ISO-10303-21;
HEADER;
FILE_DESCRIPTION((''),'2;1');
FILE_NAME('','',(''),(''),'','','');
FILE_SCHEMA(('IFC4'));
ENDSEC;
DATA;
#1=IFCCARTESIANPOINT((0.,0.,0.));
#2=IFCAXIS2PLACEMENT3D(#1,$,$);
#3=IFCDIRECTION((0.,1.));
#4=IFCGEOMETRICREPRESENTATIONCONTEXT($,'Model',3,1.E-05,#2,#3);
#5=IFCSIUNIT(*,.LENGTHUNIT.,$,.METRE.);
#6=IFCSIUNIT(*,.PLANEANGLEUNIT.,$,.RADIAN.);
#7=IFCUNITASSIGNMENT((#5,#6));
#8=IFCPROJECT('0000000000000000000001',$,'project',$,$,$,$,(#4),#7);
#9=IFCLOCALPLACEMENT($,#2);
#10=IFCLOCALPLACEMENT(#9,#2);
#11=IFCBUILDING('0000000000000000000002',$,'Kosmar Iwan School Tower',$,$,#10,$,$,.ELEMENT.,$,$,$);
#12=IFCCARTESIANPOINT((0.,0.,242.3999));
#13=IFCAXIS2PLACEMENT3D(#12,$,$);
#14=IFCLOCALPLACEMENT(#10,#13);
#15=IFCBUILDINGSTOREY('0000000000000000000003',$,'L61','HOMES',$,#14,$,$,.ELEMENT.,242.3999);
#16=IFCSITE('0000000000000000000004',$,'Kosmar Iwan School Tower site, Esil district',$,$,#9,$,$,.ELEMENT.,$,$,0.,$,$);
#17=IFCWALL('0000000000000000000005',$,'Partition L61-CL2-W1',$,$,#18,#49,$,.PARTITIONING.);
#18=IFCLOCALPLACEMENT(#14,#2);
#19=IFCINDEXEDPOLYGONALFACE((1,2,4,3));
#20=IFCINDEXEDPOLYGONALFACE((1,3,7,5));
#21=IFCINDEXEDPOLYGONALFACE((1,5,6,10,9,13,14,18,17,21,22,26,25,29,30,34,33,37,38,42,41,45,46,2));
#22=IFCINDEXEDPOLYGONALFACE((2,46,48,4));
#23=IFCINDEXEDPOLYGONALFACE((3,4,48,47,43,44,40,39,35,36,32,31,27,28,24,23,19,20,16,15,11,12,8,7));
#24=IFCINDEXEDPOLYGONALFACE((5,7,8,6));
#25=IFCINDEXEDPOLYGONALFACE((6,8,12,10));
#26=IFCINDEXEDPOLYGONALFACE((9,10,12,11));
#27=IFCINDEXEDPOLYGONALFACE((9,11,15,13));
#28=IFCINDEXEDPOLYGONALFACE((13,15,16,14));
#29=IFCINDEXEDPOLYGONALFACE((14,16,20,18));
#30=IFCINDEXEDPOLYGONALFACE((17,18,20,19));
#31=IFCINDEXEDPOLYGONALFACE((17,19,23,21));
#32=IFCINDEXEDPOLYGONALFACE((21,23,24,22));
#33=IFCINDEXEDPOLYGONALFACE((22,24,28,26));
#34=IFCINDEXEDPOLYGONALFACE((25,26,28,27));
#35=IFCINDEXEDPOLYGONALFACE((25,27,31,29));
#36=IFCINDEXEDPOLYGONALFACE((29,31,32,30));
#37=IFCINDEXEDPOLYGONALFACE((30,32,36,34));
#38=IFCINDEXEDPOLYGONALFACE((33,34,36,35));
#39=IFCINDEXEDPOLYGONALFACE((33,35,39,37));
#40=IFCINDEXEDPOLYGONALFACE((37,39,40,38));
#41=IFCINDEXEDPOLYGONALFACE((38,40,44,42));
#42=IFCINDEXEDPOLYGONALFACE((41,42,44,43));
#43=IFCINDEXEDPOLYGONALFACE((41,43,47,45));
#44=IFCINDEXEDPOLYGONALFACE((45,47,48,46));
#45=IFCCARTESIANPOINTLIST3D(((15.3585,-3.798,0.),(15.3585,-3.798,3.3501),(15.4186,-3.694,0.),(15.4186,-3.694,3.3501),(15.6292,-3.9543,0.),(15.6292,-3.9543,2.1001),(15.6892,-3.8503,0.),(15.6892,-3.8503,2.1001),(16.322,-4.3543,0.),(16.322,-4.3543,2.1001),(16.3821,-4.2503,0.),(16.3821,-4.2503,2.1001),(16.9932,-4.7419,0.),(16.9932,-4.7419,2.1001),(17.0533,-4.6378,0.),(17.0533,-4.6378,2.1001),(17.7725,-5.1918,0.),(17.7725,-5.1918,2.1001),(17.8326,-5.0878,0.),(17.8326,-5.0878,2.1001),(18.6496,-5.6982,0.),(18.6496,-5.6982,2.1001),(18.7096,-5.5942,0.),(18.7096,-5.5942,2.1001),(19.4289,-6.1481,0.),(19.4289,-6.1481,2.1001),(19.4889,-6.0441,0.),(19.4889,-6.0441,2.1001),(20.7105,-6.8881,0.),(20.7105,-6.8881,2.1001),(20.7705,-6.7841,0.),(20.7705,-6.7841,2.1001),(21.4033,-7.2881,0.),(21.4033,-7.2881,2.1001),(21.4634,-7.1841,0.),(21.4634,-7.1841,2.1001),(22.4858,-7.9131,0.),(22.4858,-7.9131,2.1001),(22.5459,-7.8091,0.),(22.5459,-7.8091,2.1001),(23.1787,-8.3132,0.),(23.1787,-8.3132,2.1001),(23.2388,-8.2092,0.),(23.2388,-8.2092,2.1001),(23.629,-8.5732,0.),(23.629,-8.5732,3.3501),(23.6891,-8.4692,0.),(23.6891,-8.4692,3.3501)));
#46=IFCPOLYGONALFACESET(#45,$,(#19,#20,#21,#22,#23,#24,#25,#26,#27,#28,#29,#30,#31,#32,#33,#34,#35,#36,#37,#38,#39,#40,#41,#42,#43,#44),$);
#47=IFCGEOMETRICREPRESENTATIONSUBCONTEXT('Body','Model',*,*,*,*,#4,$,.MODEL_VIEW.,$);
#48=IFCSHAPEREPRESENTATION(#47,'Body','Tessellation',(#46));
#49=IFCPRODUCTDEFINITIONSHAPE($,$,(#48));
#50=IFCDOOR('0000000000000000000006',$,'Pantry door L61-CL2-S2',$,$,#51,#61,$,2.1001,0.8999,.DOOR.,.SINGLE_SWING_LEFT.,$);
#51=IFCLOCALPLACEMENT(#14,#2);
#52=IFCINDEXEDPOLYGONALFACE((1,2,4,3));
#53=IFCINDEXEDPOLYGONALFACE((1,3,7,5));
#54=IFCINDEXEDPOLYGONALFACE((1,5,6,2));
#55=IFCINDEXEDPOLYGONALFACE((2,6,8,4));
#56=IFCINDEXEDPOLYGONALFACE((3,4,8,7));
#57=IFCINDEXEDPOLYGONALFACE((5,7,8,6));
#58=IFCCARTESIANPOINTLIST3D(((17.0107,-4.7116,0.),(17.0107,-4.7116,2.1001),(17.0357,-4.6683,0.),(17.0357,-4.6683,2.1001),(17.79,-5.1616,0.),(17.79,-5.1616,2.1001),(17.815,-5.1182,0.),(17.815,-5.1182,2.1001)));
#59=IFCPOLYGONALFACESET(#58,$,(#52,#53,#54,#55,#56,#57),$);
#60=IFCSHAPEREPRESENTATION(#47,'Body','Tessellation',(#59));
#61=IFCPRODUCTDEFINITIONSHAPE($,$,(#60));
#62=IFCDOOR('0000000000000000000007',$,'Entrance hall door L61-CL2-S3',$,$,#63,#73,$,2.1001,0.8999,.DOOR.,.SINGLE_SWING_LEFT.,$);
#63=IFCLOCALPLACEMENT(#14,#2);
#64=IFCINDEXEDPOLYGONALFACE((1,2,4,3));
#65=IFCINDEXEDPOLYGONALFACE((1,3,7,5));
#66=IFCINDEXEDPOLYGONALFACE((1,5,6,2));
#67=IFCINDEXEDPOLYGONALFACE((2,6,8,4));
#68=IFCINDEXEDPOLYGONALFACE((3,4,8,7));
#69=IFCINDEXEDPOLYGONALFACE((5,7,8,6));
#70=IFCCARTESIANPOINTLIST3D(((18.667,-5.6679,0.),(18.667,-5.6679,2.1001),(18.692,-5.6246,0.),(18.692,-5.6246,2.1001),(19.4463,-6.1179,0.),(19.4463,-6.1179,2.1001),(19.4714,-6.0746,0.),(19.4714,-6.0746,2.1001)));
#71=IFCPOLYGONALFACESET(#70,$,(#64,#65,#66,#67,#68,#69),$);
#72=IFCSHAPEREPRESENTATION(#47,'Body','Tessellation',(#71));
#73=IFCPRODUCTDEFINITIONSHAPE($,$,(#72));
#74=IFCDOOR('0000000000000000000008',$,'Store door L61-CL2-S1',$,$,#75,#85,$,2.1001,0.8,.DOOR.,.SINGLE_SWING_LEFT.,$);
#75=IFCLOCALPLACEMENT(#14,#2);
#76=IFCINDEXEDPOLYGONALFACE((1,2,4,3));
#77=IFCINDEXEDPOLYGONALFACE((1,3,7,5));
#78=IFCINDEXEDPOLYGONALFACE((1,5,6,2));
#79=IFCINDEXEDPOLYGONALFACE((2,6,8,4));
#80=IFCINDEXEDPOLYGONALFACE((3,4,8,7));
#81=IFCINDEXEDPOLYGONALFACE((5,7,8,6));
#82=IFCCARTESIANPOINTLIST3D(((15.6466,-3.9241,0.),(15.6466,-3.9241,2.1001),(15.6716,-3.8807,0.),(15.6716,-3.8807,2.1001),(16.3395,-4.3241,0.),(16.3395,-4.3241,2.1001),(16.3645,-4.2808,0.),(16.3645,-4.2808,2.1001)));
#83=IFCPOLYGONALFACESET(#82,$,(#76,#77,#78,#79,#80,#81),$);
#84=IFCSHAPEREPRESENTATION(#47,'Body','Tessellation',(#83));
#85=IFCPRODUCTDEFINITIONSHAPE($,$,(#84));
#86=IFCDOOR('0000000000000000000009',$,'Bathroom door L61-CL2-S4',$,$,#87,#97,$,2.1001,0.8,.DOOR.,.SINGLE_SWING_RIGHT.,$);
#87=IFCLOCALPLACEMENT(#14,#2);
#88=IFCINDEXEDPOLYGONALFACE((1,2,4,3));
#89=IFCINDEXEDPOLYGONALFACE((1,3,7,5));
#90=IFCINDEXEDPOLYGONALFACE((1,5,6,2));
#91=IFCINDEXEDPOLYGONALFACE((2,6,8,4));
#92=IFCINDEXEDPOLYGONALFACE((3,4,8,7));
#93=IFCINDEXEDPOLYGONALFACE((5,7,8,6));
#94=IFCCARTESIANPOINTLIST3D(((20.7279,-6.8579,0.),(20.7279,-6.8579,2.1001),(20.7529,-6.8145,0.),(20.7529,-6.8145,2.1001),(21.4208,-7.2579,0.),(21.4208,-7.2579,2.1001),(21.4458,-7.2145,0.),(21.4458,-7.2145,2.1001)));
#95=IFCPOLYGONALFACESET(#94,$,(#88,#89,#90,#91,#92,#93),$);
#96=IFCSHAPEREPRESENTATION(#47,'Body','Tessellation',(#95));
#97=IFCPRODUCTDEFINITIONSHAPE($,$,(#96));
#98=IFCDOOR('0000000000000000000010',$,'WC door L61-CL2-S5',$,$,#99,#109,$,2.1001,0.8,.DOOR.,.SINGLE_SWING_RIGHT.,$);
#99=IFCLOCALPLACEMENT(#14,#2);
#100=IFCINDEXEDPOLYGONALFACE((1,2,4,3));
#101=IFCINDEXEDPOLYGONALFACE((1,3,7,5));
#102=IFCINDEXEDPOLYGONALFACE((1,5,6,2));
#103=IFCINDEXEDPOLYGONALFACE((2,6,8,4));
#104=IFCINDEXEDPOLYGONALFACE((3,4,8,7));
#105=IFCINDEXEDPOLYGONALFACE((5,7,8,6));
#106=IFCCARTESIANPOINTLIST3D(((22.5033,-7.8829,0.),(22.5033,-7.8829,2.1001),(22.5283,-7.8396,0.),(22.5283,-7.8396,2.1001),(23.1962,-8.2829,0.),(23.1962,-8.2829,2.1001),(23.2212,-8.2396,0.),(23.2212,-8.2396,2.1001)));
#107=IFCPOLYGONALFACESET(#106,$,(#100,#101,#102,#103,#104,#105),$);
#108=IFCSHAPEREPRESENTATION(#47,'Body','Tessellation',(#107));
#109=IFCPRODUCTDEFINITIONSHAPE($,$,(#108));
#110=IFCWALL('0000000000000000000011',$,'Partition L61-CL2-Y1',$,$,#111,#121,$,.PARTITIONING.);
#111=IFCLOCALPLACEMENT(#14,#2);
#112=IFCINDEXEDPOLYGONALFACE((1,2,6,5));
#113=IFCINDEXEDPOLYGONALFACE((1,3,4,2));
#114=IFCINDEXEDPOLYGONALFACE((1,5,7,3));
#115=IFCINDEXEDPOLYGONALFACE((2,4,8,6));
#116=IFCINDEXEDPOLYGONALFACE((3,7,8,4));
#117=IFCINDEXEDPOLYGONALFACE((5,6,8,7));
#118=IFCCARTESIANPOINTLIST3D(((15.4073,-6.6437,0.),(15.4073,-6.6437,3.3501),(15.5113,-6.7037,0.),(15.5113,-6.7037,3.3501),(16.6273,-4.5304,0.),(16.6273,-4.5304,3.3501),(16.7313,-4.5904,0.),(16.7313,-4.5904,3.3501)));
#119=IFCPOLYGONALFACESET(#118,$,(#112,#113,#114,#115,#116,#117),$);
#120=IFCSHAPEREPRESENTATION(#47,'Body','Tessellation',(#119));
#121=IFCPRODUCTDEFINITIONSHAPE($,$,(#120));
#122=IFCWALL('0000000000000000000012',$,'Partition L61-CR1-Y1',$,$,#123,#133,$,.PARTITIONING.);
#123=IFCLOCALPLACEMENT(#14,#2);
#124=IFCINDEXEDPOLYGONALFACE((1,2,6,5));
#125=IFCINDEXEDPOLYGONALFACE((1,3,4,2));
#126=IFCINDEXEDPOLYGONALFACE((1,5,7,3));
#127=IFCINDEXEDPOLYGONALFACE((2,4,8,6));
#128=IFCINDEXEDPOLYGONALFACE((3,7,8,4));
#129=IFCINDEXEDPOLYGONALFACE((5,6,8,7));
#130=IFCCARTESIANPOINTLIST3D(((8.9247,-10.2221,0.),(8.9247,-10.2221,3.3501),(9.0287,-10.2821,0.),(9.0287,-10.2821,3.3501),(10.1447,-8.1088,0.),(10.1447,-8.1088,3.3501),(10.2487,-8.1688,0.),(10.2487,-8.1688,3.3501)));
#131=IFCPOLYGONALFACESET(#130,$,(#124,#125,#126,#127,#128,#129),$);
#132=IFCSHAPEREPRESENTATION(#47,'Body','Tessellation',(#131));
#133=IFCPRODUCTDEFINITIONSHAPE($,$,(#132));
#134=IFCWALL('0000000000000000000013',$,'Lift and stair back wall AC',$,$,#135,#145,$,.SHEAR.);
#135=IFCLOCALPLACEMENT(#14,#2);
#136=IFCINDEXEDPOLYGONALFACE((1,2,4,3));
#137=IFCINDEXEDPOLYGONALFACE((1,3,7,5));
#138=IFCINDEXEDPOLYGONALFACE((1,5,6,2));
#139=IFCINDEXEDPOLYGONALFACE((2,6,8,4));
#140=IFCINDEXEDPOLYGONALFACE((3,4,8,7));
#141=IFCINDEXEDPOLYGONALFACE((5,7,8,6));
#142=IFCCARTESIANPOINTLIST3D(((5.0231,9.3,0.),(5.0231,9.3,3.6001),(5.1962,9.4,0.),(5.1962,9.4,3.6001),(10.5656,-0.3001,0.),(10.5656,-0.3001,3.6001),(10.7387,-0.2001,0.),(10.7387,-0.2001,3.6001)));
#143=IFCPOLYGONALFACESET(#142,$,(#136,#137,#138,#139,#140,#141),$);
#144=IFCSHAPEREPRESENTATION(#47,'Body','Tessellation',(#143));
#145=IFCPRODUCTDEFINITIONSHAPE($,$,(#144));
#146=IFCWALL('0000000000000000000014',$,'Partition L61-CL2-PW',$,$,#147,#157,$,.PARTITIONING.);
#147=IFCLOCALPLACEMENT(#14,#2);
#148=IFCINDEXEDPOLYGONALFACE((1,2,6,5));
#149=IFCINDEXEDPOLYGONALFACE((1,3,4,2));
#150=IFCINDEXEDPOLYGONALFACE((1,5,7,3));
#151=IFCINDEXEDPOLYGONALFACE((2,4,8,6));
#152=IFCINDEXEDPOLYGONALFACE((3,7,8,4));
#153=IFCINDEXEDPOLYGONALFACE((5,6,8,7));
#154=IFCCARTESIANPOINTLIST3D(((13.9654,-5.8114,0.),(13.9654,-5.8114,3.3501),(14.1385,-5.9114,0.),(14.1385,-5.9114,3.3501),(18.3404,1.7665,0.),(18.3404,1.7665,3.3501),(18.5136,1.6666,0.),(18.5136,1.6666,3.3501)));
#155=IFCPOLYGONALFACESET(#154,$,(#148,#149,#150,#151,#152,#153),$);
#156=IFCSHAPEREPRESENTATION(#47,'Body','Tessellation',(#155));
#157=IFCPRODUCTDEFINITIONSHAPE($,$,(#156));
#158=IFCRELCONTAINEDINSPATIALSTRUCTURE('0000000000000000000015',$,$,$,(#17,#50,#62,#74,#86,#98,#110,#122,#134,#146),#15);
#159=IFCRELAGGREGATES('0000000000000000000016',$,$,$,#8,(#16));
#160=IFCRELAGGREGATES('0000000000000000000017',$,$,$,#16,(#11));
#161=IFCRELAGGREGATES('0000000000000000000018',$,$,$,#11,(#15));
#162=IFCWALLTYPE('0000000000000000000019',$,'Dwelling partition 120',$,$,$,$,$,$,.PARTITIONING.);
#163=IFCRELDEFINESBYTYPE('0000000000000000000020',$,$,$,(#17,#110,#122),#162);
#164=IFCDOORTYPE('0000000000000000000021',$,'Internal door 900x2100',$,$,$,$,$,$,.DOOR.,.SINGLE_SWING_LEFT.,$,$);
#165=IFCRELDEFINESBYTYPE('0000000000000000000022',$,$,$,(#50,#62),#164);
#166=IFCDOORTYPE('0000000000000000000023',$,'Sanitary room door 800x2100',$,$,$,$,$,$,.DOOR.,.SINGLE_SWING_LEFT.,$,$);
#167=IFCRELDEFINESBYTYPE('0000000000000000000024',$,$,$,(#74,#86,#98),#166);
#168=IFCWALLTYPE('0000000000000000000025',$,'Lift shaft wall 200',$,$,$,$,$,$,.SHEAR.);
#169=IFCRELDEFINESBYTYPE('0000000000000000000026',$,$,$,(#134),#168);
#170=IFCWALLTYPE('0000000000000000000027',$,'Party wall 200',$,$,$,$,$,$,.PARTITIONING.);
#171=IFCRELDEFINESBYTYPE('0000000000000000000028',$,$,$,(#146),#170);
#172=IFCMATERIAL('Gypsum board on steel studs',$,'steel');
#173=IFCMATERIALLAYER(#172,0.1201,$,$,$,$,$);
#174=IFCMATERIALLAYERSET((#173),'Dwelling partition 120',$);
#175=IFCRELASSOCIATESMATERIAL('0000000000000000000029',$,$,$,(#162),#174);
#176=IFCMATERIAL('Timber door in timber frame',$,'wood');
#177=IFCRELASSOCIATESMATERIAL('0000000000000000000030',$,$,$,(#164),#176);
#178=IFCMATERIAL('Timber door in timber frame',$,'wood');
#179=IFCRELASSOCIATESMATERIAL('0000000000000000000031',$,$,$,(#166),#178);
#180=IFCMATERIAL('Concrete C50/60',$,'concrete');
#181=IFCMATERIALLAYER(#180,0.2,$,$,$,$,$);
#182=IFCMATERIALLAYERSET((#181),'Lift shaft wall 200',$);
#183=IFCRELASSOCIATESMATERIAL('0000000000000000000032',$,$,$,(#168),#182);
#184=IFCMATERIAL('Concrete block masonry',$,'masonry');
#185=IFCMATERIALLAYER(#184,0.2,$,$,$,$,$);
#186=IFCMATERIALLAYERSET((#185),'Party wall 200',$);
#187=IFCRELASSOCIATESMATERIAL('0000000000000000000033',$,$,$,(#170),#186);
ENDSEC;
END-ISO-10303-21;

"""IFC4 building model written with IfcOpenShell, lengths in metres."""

from ifc_helpers import new_model, si_unit, direction, frame, frame_2d, origin, place, context, subcontext, project, spatial, rectangle, extrude, material, layer, layer_set, type_object, element, fill, save


model = new_model("IFC4")

# Units and contexts
model_context = context("Model", 3, precision=1e-05, world=origin(), true_north=direction((0.0, 1.0)))
body_context = subcontext(model_context, "Body", "Model", "MODEL_VIEW")
ifc_project = project(units=[si_unit("LENGTHUNIT", "METRE"), si_unit("PLANEANGLEUNIT", "RADIAN")], contexts=[model_context])

# Site, building, storey
site_placement = place(None, origin())
site = spatial("IfcSite", under=ifc_project, at=site_placement, Name="Kosmar Iwan School Tower site, Esil district", CompositionType="ELEMENT", RefElevation=0.0)
building_placement = place(site_placement, origin())
building = spatial("IfcBuilding", under=site, at=building_placement, Name="Kosmar Iwan School Tower", CompositionType="ELEMENT")
storey_placement = place(building_placement, frame((0.0, 0.0, 242.3999)))
storey = spatial("IfcBuildingStorey", under=building, at=storey_placement, Name="L61", Description="HOMES", CompositionType="ELEMENT", Elevation=242.3999)

# Shared definitions
ifc_material_1 = material(Name="Gypsum board on steel studs", Category="steel")
ifc_layer_1 = layer(ifc_material_1, 0.1201)
ifc_layer_set_1 = layer_set([ifc_layer_1], Name="Dwelling partition 120")
wall_type_1 = type_object("IfcWallType", Name="Dwelling partition 120", PredefinedType="PARTITIONING", material=ifc_layer_set_1)
ifc_material_2 = material(Name="Timber door in timber frame", Category="wood")
door_type_1 = type_object("IfcDoorType", Name="Internal door 900x2100", OperationType="SINGLE_SWING_LEFT", PredefinedType="DOOR", material=ifc_material_2)
ifc_material_3 = material(Name="Timber door in timber frame", Category="wood")
door_type_2 = type_object("IfcDoorType", Name="Sanitary room door 800x2100", OperationType="SINGLE_SWING_LEFT", PredefinedType="DOOR", material=ifc_material_3)

# Wall, openings, doors
wall_1_placement = place(storey_placement, frame((15.3887, -3.7461, 0.0), z_axis=(0.0, 0.0, 1.0), x_axis=(0.866018, -0.500013, 0.0)))
wall_1 = element("IfcWall", 1, at=wall_1_placement, inside=storey, type_object=wall_type_1, Name="Partition L61-CL2-W1", PredefinedType="PARTITIONING", context=body_context, shape_type="SweptSolid", body=[
    extrude(rectangle(XDim=9.55, YDim=0.1201, at=frame_2d((4.7749, 0.0))), origin(), (0.0, 0.0, 1.0), 3.3501),
])
opening_1_placement = place(wall_1_placement, frame((0.3125, 0.0, 0.0)))
opening_1 = element("IfcOpeningElement", 2, at=opening_1_placement, cuts=wall_1, PredefinedType="OPENING", context=body_context, shape_type="SweptSolid", body=[
    extrude(rectangle(XDim=0.8, YDim=2.1001, at=frame_2d((0.3999, 1.05))), frame((0.0, 0.072, 0.0), z_axis=(0.0, -1.0, 0.0), x_axis=(1.0, 0.0, 0.0)), (0.0, 0.0, 1.0), 0.144),
])
opening_2_placement = place(wall_1_placement, frame((1.8875, 0.0, 0.0)))
opening_2 = element("IfcOpeningElement", 3, at=opening_2_placement, cuts=wall_1, PredefinedType="OPENING", context=body_context, shape_type="SweptSolid", body=[
    extrude(rectangle(XDim=0.8999, YDim=2.1001, at=frame_2d((0.45, 1.05))), frame((0.0, 0.072, 0.0), z_axis=(0.0, -1.0, 0.0), x_axis=(1.0, 0.0, 0.0)), (0.0, 0.0, 1.0), 0.144),
])
opening_3_placement = place(wall_1_placement, frame((3.8, 0.0, 0.0)))
opening_3 = element("IfcOpeningElement", 4, at=opening_3_placement, cuts=wall_1, PredefinedType="OPENING", context=body_context, shape_type="SweptSolid", body=[
    extrude(rectangle(XDim=0.8999, YDim=2.1001, at=frame_2d((0.45, 1.05))), frame((0.0, 0.072, 0.0), z_axis=(0.0, -1.0, 0.0), x_axis=(1.0, 0.0, 0.0)), (0.0, 0.0, 1.0), 0.144),
])
opening_4_placement = place(wall_1_placement, frame((6.1799, 0.0, 0.0)))
opening_4 = element("IfcOpeningElement", 5, at=opening_4_placement, cuts=wall_1, PredefinedType="OPENING", context=body_context, shape_type="SweptSolid", body=[
    extrude(rectangle(XDim=0.8, YDim=2.1001, at=frame_2d((0.3999, 1.05))), frame((0.0, 0.072, 0.0), z_axis=(0.0, -1.0, 0.0), x_axis=(1.0, 0.0, 0.0)), (0.0, 0.0, 1.0), 0.144),
])
opening_5_placement = place(wall_1_placement, frame((8.23, 0.0, 0.0)))
opening_5 = element("IfcOpeningElement", 6, at=opening_5_placement, cuts=wall_1, PredefinedType="OPENING", context=body_context, shape_type="SweptSolid", body=[
    extrude(rectangle(XDim=0.8, YDim=2.1001, at=frame_2d((0.3999, 1.05))), frame((0.0, 0.072, 0.0), z_axis=(0.0, -1.0, 0.0), x_axis=(1.0, 0.0, 0.0)), (0.0, 0.0, 1.0), 0.144),
])
door_1_placement = place(opening_2_placement, origin())
door_1 = element("IfcDoor", 7, at=door_1_placement, inside=storey, type_object=door_type_1, Name="Pantry door L61-CL2-S2", OperationType="SINGLE_SWING_LEFT", OverallHeight=2.1001, OverallWidth=0.8999, PredefinedType="DOOR", context=body_context, shape_type="SweptSolid", body=[
    extrude(rectangle(XDim=0.8999, YDim=2.1001, at=frame_2d((0.45, 1.05))), frame((0.0, 0.0249, 0.0), z_axis=(0.0, -1.0, 0.0), x_axis=(1.0, 0.0, 0.0)), (0.0, 0.0, 1.0), 0.05),
])
fill(opening_2, door_1)
door_2_placement = place(opening_3_placement, origin())
door_2 = element("IfcDoor", 8, at=door_2_placement, inside=storey, type_object=door_type_1, Name="Entrance hall door L61-CL2-S3", OperationType="SINGLE_SWING_LEFT", OverallHeight=2.1001, OverallWidth=0.8999, PredefinedType="DOOR", context=body_context, shape_type="SweptSolid", body=[
    extrude(rectangle(XDim=0.8999, YDim=2.1001, at=frame_2d((0.45, 1.05))), frame((0.0, 0.0249, 0.0), z_axis=(0.0, -1.0, 0.0), x_axis=(1.0, 0.0, 0.0)), (0.0, 0.0, 1.0), 0.05),
])
fill(opening_3, door_2)
door_3_placement = place(opening_1_placement, origin())
door_3 = element("IfcDoor", 9, at=door_3_placement, inside=storey, type_object=door_type_2, Name="Store door L61-CL2-S1", OperationType="SINGLE_SWING_LEFT", OverallHeight=2.1001, OverallWidth=0.8, PredefinedType="DOOR", context=body_context, shape_type="SweptSolid", body=[
    extrude(rectangle(XDim=0.8, YDim=2.1001, at=frame_2d((0.3999, 1.05))), frame((0.0, 0.0249, 0.0), z_axis=(0.0, -1.0, 0.0), x_axis=(1.0, 0.0, 0.0)), (0.0, 0.0, 1.0), 0.05),
])
fill(opening_1, door_3)
door_4_placement = place(opening_4_placement, origin())
door_4 = element("IfcDoor", 10, at=door_4_placement, inside=storey, type_object=door_type_2, Name="Bathroom door L61-CL2-S4", OperationType="SINGLE_SWING_RIGHT", OverallHeight=2.1001, OverallWidth=0.8, PredefinedType="DOOR", context=body_context, shape_type="SweptSolid", body=[
    extrude(rectangle(XDim=0.8, YDim=2.1001, at=frame_2d((0.3999, 1.05))), frame((0.0, 0.0249, 0.0), z_axis=(0.0, -1.0, 0.0), x_axis=(1.0, 0.0, 0.0)), (0.0, 0.0, 1.0), 0.05),
])
fill(opening_4, door_4)
door_5_placement = place(opening_5_placement, origin())
door_5 = element("IfcDoor", 11, at=door_5_placement, inside=storey, type_object=door_type_2, Name="WC door L61-CL2-S5", OperationType="SINGLE_SWING_RIGHT", OverallHeight=2.1001, OverallWidth=0.8, PredefinedType="DOOR", context=body_context, shape_type="SweptSolid", body=[
    extrude(rectangle(XDim=0.8, YDim=2.1001, at=frame_2d((0.3999, 1.05))), frame((0.0, 0.0249, 0.0), z_axis=(0.0, -1.0, 0.0), x_axis=(1.0, 0.0, 0.0)), (0.0, 0.0, 1.0), 0.05),
])
fill(opening_5, door_5)

# Walls
for number, where, z_axis, x_axis, name in (
    (12, (15.4592, -6.6738, 0.0), (0.0, 0.0, 1.0), (0.499959, 0.866049, 0.0), "Partition L61-CL2-Y1"),
    (13, (10.1968, -8.1387, 0.0), (0.0, 0.0, 1.0), (-0.499959, -0.866049, 0.0), "Partition L61-CR1-Y1"),
):
    element("IfcWall", number, at=place(storey_placement, frame(where, z_axis=z_axis, x_axis=x_axis)), inside=storey, type_object=wall_type_1, Name=name, PredefinedType="PARTITIONING", context=body_context, shape_type="SweptSolid", body=[
        extrude(rectangle(XDim=2.4402, YDim=0.1201, at=frame_2d((1.2202, 0.0))), origin(), (0.0, 0.0, 1.0), 3.3501),
    ])
ifc_material_4 = material(Name="Concrete C50/60", Category="concrete")
ifc_layer_2 = layer(ifc_material_4, 0.2)
ifc_layer_set_2 = layer_set([ifc_layer_2], Name="Lift shaft wall 200")
wall_type_2 = type_object("IfcWallType", Name="Lift shaft wall 200", PredefinedType="SHEAR", material=ifc_layer_set_2)
wall_2_placement = place(storey_placement, frame((10.6521, -0.25, 0.0), z_axis=(0.0, 0.0, 1.0), x_axis=(-0.499991, 0.866031, 0.0)))
element("IfcWall", 14, at=wall_2_placement, inside=storey, type_object=wall_type_2, Name="Lift and stair back wall AC", PredefinedType="SHEAR", context=body_context, shape_type="SweptSolid", body=[
    extrude(rectangle(XDim=11.0852, YDim=0.2, at=frame_2d((5.5425, 0.0))), origin(), (0.0, 0.0, 1.0), 3.6001),
])
ifc_material_5 = material(Name="Concrete block masonry", Category="masonry")
ifc_layer_3 = layer(ifc_material_5, 0.2)
ifc_layer_set_3 = layer_set([ifc_layer_3], Name="Party wall 200")
wall_type_3 = type_object("IfcWallType", Name="Party wall 200", PredefinedType="PARTITIONING", material=ifc_layer_set_3)
wall_3_placement = place(storey_placement, frame((14.052, -5.8613, 0.0), z_axis=(0.0, 0.0, 1.0), x_axis=(0.499992, 0.86603, 0.0)))
element("IfcWall", 15, at=wall_3_placement, inside=storey, type_object=wall_type_3, Name="Partition L61-CL2-PW", PredefinedType="PARTITIONING", context=body_context, shape_type="SweptSolid", body=[
    extrude(rectangle(XDim=8.7502, YDim=0.2, at=frame_2d((4.375, 0.0))), origin(), (0.0, 0.0, 1.0), 3.3501),
])

save(model, "model.ifc")
